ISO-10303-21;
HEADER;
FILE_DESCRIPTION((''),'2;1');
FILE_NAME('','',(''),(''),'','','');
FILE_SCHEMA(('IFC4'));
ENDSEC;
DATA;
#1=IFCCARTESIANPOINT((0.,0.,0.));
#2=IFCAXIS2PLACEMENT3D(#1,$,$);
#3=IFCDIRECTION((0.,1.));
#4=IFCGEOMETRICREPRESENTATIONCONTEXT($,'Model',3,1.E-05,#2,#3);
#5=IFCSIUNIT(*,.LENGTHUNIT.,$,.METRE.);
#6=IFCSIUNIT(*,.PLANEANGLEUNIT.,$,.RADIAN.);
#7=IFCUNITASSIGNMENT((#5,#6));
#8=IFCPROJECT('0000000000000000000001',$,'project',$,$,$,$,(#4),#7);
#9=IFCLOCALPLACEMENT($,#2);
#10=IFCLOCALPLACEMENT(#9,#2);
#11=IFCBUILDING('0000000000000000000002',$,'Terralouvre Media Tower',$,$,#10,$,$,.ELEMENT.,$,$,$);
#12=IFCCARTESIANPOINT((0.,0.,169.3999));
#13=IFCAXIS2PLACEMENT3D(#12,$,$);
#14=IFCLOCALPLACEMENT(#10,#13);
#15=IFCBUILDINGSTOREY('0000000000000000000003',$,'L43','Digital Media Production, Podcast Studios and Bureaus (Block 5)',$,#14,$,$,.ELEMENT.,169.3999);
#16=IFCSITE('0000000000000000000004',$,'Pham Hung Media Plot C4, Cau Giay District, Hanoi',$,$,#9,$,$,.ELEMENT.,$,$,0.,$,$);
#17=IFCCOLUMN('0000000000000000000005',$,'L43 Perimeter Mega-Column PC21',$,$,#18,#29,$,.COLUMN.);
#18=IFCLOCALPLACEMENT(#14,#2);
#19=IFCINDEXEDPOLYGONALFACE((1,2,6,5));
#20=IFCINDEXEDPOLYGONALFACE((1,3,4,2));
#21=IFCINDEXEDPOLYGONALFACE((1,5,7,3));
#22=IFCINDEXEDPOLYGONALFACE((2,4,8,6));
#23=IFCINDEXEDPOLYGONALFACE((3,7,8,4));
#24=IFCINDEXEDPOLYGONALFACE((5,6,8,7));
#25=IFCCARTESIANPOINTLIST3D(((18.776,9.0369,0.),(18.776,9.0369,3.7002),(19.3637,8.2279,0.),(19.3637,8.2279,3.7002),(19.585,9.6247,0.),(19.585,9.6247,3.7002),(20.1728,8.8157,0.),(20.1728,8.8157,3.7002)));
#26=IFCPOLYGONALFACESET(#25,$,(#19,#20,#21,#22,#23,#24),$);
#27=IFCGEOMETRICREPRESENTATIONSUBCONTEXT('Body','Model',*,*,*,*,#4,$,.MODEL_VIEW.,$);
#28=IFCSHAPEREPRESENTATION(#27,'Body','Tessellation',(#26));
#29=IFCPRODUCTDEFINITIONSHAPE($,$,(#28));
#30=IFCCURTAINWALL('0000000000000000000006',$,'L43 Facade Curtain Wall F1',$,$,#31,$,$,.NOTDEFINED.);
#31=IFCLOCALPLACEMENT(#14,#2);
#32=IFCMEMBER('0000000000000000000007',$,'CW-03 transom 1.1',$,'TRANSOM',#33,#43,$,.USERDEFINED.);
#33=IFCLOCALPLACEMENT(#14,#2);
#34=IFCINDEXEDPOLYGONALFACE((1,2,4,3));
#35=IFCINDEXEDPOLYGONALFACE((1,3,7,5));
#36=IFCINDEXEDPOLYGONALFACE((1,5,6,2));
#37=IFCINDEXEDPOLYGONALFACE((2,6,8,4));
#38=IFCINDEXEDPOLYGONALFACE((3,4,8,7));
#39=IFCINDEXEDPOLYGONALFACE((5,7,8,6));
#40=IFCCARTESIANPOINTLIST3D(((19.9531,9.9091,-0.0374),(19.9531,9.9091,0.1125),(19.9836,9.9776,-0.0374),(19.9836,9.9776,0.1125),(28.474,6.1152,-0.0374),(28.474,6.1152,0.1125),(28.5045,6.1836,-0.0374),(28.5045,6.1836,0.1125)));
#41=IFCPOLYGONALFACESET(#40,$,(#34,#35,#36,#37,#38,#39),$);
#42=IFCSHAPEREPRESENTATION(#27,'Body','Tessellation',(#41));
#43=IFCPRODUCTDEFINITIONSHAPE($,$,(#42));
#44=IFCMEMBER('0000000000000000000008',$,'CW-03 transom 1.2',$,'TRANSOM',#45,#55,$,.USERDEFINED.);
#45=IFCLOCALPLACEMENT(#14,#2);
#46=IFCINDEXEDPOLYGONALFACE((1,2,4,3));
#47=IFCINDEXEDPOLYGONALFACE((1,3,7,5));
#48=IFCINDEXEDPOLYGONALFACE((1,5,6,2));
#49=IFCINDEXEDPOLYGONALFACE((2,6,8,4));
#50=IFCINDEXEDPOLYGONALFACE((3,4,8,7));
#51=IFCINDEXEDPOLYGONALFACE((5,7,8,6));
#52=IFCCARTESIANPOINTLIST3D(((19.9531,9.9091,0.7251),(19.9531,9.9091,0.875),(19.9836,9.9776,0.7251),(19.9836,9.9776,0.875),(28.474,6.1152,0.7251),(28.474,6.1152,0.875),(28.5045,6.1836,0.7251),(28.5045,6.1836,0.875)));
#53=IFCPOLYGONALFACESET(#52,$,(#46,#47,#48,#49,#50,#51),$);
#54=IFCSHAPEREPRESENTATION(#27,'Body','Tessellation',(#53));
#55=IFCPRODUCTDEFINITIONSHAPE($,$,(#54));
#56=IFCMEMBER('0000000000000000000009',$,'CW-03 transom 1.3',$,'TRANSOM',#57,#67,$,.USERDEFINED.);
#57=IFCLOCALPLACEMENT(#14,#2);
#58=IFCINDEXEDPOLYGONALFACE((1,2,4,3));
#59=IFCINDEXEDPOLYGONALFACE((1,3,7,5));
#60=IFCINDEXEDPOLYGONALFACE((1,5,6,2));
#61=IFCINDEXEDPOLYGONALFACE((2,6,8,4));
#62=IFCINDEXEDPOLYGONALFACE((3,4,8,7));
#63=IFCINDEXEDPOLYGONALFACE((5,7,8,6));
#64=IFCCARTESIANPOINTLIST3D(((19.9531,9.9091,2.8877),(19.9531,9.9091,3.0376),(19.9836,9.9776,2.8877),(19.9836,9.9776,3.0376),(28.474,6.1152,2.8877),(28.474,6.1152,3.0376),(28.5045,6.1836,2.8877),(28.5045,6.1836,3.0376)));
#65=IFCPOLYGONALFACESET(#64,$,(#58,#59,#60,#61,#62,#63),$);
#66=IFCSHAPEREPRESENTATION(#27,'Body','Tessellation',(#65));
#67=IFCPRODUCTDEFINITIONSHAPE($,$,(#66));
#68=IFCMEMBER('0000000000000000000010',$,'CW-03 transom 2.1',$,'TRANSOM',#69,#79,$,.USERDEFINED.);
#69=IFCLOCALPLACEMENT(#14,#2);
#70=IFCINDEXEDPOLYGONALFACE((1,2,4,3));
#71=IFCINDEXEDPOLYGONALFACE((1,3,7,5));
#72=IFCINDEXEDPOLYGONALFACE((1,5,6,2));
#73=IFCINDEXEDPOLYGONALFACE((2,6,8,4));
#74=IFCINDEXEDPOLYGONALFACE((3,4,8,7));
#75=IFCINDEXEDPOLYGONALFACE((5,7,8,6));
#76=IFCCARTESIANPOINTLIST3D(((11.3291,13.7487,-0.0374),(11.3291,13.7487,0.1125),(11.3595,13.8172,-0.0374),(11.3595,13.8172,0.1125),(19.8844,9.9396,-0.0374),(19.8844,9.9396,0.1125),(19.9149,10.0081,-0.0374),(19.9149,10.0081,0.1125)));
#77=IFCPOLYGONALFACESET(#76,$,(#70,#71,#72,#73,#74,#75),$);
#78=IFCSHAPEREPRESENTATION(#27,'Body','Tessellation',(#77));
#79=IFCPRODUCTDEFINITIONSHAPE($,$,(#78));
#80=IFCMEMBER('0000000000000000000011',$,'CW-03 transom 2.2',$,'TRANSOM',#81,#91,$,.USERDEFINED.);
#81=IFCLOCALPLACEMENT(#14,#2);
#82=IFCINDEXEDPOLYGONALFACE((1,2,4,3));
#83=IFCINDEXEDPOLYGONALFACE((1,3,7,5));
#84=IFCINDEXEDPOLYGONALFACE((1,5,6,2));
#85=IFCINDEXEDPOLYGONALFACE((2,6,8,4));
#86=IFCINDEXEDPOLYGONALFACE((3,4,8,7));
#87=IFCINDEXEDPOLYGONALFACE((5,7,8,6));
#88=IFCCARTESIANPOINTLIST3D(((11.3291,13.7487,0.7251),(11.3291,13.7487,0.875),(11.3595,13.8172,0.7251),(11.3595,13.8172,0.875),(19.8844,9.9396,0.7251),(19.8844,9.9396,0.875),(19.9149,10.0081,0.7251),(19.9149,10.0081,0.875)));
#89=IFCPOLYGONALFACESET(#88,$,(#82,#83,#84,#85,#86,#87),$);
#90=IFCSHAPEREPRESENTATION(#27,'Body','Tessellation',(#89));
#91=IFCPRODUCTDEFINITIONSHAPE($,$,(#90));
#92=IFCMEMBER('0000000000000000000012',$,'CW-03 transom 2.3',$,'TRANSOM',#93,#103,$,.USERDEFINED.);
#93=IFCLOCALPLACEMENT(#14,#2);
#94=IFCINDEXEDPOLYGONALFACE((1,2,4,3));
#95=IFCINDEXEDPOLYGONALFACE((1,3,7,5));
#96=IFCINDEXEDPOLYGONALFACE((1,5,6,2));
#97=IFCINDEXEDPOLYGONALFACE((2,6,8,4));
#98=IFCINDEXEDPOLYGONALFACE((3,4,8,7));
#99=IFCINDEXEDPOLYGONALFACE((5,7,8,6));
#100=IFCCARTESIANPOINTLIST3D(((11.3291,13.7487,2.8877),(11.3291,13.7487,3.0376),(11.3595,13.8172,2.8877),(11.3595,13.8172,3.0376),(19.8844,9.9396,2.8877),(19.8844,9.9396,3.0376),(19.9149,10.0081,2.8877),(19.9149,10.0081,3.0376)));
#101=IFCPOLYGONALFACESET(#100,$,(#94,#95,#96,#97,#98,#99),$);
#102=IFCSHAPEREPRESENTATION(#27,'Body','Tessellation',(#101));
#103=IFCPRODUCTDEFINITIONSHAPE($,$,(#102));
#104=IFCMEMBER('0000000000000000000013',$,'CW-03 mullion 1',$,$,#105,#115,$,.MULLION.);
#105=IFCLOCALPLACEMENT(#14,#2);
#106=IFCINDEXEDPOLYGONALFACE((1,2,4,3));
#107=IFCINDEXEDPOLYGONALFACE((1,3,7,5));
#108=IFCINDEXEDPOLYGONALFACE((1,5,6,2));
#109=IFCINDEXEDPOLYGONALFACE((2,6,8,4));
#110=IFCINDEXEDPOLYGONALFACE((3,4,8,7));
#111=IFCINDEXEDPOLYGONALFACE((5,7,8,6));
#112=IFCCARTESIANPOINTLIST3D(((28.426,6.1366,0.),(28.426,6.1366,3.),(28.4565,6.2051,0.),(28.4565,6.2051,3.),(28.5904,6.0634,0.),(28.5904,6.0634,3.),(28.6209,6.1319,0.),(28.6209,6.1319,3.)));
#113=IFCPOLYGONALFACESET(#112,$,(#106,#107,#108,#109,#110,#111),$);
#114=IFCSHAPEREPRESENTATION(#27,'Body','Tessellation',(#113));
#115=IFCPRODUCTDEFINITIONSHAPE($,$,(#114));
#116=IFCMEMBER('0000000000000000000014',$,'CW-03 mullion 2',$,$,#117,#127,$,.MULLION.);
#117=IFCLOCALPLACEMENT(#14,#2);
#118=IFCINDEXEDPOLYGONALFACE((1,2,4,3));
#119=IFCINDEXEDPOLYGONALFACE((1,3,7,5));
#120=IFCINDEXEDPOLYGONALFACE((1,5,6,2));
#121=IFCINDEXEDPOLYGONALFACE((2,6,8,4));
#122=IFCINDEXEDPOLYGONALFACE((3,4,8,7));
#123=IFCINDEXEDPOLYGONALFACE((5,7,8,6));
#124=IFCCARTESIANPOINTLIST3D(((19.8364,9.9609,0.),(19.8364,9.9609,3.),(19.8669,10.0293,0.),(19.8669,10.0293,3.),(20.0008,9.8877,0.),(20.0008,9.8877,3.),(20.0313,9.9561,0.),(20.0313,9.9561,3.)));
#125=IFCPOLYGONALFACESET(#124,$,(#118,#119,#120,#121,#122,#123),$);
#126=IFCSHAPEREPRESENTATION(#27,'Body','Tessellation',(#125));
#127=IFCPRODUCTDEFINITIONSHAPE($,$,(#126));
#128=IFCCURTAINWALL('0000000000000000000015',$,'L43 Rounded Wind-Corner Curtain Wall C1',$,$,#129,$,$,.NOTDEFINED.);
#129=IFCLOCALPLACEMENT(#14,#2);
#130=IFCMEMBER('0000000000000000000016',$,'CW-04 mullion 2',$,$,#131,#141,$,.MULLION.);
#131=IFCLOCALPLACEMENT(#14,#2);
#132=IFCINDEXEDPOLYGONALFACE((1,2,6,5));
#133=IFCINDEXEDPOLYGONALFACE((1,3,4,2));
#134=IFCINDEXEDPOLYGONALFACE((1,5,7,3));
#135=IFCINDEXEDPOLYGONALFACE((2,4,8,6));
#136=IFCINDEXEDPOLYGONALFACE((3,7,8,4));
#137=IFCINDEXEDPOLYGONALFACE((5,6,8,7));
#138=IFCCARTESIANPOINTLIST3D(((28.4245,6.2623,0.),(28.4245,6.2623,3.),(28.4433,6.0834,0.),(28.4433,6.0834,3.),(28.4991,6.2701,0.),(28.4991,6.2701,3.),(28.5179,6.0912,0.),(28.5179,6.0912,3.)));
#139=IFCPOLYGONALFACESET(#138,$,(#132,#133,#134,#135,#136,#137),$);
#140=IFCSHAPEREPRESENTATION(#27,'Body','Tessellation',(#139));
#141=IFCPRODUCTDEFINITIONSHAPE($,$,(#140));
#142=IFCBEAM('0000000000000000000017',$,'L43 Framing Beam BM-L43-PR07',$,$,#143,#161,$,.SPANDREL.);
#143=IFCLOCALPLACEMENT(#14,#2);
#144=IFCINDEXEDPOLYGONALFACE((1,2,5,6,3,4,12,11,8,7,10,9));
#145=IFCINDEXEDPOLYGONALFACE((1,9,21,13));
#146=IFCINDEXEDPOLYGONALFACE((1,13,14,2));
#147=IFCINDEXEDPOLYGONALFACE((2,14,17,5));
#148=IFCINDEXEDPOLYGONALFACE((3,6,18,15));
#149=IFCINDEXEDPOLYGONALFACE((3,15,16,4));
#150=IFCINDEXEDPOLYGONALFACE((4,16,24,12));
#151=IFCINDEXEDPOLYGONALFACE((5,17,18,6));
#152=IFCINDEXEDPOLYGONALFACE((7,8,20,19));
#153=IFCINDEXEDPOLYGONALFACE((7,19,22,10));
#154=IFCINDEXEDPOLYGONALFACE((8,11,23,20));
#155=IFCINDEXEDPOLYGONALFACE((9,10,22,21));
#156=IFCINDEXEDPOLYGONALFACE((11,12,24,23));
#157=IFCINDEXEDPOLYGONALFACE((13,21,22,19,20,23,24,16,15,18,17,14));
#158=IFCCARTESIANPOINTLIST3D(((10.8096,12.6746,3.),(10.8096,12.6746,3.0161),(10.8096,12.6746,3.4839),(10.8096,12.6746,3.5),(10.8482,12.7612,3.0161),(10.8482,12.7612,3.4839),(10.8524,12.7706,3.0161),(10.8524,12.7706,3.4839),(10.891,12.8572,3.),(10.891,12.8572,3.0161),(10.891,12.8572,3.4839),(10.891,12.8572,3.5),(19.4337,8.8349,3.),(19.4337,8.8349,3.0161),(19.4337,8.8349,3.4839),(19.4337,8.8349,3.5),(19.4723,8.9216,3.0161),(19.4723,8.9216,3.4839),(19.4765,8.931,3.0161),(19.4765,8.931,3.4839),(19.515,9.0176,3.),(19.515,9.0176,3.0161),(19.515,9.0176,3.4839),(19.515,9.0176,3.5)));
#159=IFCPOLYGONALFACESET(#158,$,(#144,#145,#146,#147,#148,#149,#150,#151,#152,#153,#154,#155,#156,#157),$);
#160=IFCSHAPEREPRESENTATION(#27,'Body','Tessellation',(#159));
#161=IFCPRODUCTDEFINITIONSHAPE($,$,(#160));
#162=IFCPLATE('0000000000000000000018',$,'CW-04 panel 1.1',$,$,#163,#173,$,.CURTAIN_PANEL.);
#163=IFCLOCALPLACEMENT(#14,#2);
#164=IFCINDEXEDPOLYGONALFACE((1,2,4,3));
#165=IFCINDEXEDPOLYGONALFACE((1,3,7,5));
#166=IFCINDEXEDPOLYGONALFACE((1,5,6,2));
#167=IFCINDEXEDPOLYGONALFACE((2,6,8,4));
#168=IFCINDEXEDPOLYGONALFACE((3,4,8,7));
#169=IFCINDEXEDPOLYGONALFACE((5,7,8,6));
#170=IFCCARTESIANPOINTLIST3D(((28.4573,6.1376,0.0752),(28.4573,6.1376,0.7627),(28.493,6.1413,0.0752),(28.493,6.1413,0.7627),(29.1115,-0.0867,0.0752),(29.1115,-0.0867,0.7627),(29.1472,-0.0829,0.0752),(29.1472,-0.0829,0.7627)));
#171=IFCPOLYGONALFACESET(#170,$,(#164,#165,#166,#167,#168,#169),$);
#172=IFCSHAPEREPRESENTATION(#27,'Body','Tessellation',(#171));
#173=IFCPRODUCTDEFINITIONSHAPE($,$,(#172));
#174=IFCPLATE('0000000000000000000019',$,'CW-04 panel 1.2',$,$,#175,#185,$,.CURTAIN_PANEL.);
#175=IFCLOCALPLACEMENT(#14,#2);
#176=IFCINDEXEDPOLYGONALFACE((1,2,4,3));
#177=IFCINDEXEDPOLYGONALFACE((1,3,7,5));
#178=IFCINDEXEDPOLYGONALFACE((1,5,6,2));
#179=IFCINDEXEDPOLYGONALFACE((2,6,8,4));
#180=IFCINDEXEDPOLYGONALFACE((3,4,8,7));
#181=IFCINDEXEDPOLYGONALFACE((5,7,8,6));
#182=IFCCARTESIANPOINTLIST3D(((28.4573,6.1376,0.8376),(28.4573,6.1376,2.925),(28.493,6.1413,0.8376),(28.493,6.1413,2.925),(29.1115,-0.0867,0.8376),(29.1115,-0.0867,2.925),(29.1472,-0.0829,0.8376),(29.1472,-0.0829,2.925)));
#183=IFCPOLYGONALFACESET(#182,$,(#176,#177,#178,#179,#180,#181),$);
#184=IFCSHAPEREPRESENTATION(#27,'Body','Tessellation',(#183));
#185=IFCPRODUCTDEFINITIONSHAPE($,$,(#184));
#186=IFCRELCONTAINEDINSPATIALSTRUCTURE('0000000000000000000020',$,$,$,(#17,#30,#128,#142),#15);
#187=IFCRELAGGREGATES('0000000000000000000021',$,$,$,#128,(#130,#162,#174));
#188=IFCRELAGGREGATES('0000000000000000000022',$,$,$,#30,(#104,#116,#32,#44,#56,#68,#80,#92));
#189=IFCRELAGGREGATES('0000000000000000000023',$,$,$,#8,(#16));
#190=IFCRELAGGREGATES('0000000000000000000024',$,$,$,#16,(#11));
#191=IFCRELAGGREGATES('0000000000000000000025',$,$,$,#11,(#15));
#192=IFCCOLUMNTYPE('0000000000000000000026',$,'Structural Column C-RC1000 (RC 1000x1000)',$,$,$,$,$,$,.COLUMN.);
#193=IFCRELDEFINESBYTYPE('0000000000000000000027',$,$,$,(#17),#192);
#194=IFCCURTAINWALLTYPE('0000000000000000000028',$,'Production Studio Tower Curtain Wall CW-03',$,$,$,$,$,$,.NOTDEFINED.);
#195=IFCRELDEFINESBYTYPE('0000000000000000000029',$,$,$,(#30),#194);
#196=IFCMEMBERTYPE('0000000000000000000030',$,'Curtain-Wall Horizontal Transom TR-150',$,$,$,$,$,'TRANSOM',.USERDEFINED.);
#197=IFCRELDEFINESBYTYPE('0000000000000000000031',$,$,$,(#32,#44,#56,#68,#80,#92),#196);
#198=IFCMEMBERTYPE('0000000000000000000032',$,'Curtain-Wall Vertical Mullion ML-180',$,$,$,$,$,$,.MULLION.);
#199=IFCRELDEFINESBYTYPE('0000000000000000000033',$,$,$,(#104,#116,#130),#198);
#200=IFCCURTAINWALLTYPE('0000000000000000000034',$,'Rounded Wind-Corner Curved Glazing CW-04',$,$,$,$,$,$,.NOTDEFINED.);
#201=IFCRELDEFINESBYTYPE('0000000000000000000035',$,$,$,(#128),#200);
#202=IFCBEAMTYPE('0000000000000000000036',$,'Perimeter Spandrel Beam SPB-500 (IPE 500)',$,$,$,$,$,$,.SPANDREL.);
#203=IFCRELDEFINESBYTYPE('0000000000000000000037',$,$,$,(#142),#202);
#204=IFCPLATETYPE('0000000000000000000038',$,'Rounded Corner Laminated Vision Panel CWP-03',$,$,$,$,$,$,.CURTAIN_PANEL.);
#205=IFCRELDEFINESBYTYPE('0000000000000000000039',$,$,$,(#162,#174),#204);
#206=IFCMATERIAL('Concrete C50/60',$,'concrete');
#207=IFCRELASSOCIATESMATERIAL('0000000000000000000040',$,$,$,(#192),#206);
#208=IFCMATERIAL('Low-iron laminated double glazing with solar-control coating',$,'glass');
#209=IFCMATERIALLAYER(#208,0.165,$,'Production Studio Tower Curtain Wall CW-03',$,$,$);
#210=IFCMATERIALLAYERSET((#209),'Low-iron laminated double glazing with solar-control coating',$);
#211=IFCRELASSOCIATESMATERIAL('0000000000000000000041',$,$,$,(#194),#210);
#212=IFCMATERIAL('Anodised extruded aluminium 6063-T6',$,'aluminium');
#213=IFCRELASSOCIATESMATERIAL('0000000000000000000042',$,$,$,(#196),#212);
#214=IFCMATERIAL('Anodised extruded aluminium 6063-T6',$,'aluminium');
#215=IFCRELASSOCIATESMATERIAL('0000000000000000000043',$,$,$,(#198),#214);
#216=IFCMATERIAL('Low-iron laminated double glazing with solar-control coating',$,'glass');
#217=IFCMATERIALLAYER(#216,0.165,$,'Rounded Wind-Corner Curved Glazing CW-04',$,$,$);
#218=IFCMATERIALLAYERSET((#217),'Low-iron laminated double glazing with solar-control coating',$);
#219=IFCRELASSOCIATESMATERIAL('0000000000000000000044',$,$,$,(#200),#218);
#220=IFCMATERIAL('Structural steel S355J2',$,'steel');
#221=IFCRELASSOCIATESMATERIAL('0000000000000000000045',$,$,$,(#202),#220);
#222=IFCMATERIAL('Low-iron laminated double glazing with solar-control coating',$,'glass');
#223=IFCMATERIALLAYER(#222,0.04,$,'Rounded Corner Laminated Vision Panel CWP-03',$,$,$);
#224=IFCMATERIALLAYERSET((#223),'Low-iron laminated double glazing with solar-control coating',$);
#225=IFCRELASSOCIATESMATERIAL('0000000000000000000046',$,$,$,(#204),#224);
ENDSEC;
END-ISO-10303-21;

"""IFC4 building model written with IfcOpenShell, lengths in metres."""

from ifc_helpers import new_model, si_unit, direction, frame, origin, origin_2d, place, context, subcontext, project, spatial, rectangle, i_section, extrude, material, layer, layer_set, material_profile, profile_set, type_object, element, aggregate, save


model = new_model("IFC4")

# Units and contexts
model_context = context("Model", 3, precision=1e-05, world=origin(), true_north=direction((0.0, 1.0)))
body_context = subcontext(model_context, "Body", "Model", "MODEL_VIEW")
ifc_project = project(units=[si_unit("LENGTHUNIT", "METRE"), si_unit("PLANEANGLEUNIT", "RADIAN")], contexts=[model_context])

# Site, building, storey
site_placement = place(None, origin())
site = spatial("IfcSite", under=ifc_project, at=site_placement, Name="Pham Hung Media Plot C4, Cau Giay District, Hanoi", CompositionType="ELEMENT", RefElevation=0.0)
building_placement = place(site_placement, origin())
building = spatial("IfcBuilding", under=site, at=building_placement, Name="Terralouvre Media Tower", CompositionType="ELEMENT")
storey_placement = place(building_placement, frame((0.0, 0.0, 169.3999)))
storey = spatial("IfcBuildingStorey", under=building, at=storey_placement, Name="L43", Description="Digital Media Production, Podcast Studios and Bureaus (Block 5)", CompositionType="ELEMENT", Elevation=169.3999)

# Column
ifc_material_1 = material(Name="Concrete C50/60", Category="concrete")
ifc_material_profile_1 = material_profile(ifc_material_1, rectangle(XDim=1.0, YDim=1.0, at=origin_2d()), Name="RC 1000x1000")
ifc_profile_set_1 = profile_set([ifc_material_profile_1], Name="Concrete C50/60")
column_type = type_object("IfcColumnType", Name="Structural Column C-RC1000 (RC 1000x1000)", PredefinedType="COLUMN", material=ifc_profile_set_1)
column_placement = place(storey_placement, frame((19.4744, 8.9263, 0.0), z_axis=(0.0, 0.0, 1.0), x_axis=(0.809017, 0.587785, 0.0)))
element("IfcColumn", 1, at=column_placement, inside=storey, type_object=column_type, Name="L43 Perimeter Mega-Column PC21", PredefinedType="COLUMN", context=body_context, shape_type="SweptSolid", body=[
    extrude(rectangle(XDim=1.0, YDim=1.0, at=origin_2d()), origin(), (0.0, 0.0, 1.0), 3.7002),
])

# Curtain wall, members
ifc_material_2 = material(Name="Low-iron laminated double glazing with solar-control coating", Category="glass")
ifc_layer_1 = layer(ifc_material_2, 0.165, Name="Production Studio Tower Curtain Wall CW-03")
ifc_layer_set_1 = layer_set([ifc_layer_1], Name="Low-iron laminated double glazing with solar-control coating")
curtain_wall_type_1 = type_object("IfcCurtainWallType", Name="Production Studio Tower Curtain Wall CW-03", PredefinedType="NOTDEFINED", material=ifc_layer_set_1)
curtain_wall_1_placement = place(storey_placement, origin())
curtain_wall_1 = element("IfcCurtainWall", 2, at=curtain_wall_1_placement, inside=storey, type_object=curtain_wall_type_1, Name="L43 Facade Curtain Wall F1", PredefinedType="NOTDEFINED")
ifc_material_3 = material(Name="Anodised extruded aluminium 6063-T6", Category="aluminium")
ifc_material_profile_2 = material_profile(ifc_material_3, rectangle(XDim=0.075, YDim=0.1499, at=origin_2d()), Name="ALU 75x150")
ifc_profile_set_2 = profile_set([ifc_material_profile_2], Name="Anodised extruded aluminium 6063-T6")
member_type_1 = type_object("IfcMemberType", Name="Curtain-Wall Horizontal Transom TR-150", ElementType="TRANSOM", PredefinedType="USERDEFINED", material=ifc_profile_set_2)
member_1_placement = place(storey_placement, frame((28.4893, 6.1494, 0.0376), z_axis=(-0.913539, 0.40675, 0.0), x_axis=(-0.40675, -0.913539, 0.0)))
member_1 = element("IfcMember", 3, at=member_1_placement, type_object=member_type_1, Name="CW-03 transom 1.1", ObjectType="TRANSOM", PredefinedType="USERDEFINED", context=body_context, shape_type="SweptSolid", body=[
    extrude(rectangle(XDim=0.075, YDim=0.1499, at=origin_2d()), origin(), (0.0, 0.0, 1.0), 9.3274),
])
member_2_placement = place(storey_placement, frame((28.4893, 6.1494, 0.8), z_axis=(-0.913539, 0.40675, 0.0), x_axis=(-0.40675, -0.913539, 0.0)))
member_2 = element("IfcMember", 4, at=member_2_placement, type_object=member_type_1, Name="CW-03 transom 1.2", ObjectType="TRANSOM", PredefinedType="USERDEFINED", context=body_context, shape_type="SweptSolid", body=[
    extrude(rectangle(XDim=0.075, YDim=0.1499, at=origin_2d()), origin(), (0.0, 0.0, 1.0), 9.3274),
])
member_3_placement = place(storey_placement, frame((28.4893, 6.1494, 2.9626), z_axis=(-0.913539, 0.40675, 0.0), x_axis=(-0.40675, -0.913539, 0.0)))
member_3 = element("IfcMember", 5, at=member_3_placement, type_object=member_type_1, Name="CW-03 transom 1.3", ObjectType="TRANSOM", PredefinedType="USERDEFINED", context=body_context, shape_type="SweptSolid", body=[
    extrude(rectangle(XDim=0.075, YDim=0.1499, at=origin_2d()), origin(), (0.0, 0.0, 1.0), 9.3274),
])
member_4_placement = place(storey_placement, frame((19.8997, 9.9739, 0.0376), z_axis=(-0.913547, 0.406733, 0.0), x_axis=(-0.406733, -0.913547, 0.0)))
member_4 = element("IfcMember", 6, at=member_4_placement, type_object=member_type_1, Name="CW-03 transom 2.1", ObjectType="TRANSOM", PredefinedType="USERDEFINED", context=body_context, shape_type="SweptSolid", body=[
    extrude(rectangle(XDim=0.075, YDim=0.1499, at=origin_2d()), origin(), (0.0, 0.0, 1.0), 9.365),
])
member_5_placement = place(storey_placement, frame((19.8997, 9.9739, 0.8), z_axis=(-0.913547, 0.406733, 0.0), x_axis=(-0.406733, -0.913547, 0.0)))
member_5 = element("IfcMember", 7, at=member_5_placement, type_object=member_type_1, Name="CW-03 transom 2.2", ObjectType="TRANSOM", PredefinedType="USERDEFINED", context=body_context, shape_type="SweptSolid", body=[
    extrude(rectangle(XDim=0.075, YDim=0.1499, at=origin_2d()), origin(), (0.0, 0.0, 1.0), 9.365),
])
member_6_placement = place(storey_placement, frame((19.8997, 9.9739, 2.9626), z_axis=(-0.913547, 0.406733, 0.0), x_axis=(-0.406733, -0.913547, 0.0)))
member_6 = element("IfcMember", 8, at=member_6_placement, type_object=member_type_1, Name="CW-03 transom 2.3", ObjectType="TRANSOM", PredefinedType="USERDEFINED", context=body_context, shape_type="SweptSolid", body=[
    extrude(rectangle(XDim=0.075, YDim=0.1499, at=origin_2d()), origin(), (0.0, 0.0, 1.0), 9.365),
])
ifc_material_4 = material(Name="Anodised extruded aluminium 6063-T6", Category="aluminium")
ifc_material_profile_3 = material_profile(ifc_material_4, rectangle(XDim=0.075, YDim=0.1799, at=origin_2d()), Name="ALU 75x180")
ifc_profile_set_3 = profile_set([ifc_material_profile_3], Name="Anodised extruded aluminium 6063-T6")
member_type_2 = type_object("IfcMemberType", Name="Curtain-Wall Vertical Mullion ML-180", PredefinedType="MULLION", material=ifc_profile_set_3)
member_7_placement = place(storey_placement, frame((28.5234, 6.1343, 0.0), z_axis=(0.0, 0.0, 1.0), x_axis=(-0.406737, -0.913545, 0.0)))
member_7 = element("IfcMember", 9, at=member_7_placement, type_object=member_type_2, Name="CW-03 mullion 1", PredefinedType="MULLION", context=body_context, shape_type="SweptSolid", body=[
    extrude(rectangle(XDim=0.075, YDim=0.1799, at=origin_2d()), origin(), (0.0, 0.0, 1.0), 3.0),
])
member_8_placement = place(storey_placement, frame((19.9338, 9.9585, 0.0), z_axis=(0.0, 0.0, 1.0), x_axis=(-0.406737, -0.913545, 0.0)))
member_8 = element("IfcMember", 10, at=member_8_placement, type_object=member_type_2, Name="CW-03 mullion 2", PredefinedType="MULLION", context=body_context, shape_type="SweptSolid", body=[
    extrude(rectangle(XDim=0.075, YDim=0.1799, at=origin_2d()), origin(), (0.0, 0.0, 1.0), 3.0),
])

# Curtain wall, member
ifc_material_5 = material(Name="Low-iron laminated double glazing with solar-control coating", Category="glass")
ifc_layer_2 = layer(ifc_material_5, 0.165, Name="Rounded Wind-Corner Curved Glazing CW-04")
ifc_layer_set_2 = layer_set([ifc_layer_2], Name="Low-iron laminated double glazing with solar-control coating")
curtain_wall_type_2 = type_object("IfcCurtainWallType", Name="Rounded Wind-Corner Curved Glazing CW-04", PredefinedType="NOTDEFINED", material=ifc_layer_set_2)
curtain_wall_2_placement = place(storey_placement, origin())
curtain_wall_2 = element("IfcCurtainWall", 11, at=curtain_wall_2_placement, inside=storey, type_object=curtain_wall_type_2, Name="L43 Rounded Wind-Corner Curtain Wall C1", PredefinedType="NOTDEFINED")
member_9_placement = place(storey_placement, frame((28.4712, 6.1768, 0.0), z_axis=(0.0, 0.0, 1.0), x_axis=(-0.994522, -0.104529, 0.0)))
member_9 = element("IfcMember", 12, at=member_9_placement, type_object=member_type_2, Name="CW-04 mullion 2", PredefinedType="MULLION", context=body_context, shape_type="SweptSolid", body=[
    extrude(rectangle(XDim=0.075, YDim=0.1799, at=origin_2d()), origin(), (0.0, 0.0, 1.0), 3.0),
])

# Beam
ifc_material_6 = material(Name="Structural steel S355J2", Category="steel")
ifc_material_profile_4 = material_profile(ifc_material_6, i_section(OverallWidth=0.2, OverallDepth=0.5, WebThickness=0.0103, FlangeThickness=0.0161, at=origin_2d()), Name="IPE 500")
ifc_profile_set_4 = profile_set([ifc_material_profile_4], Name="Structural steel S355J2")
beam_type = type_object("IfcBeamType", Name="Perimeter Spandrel Beam SPB-500 (IPE 500)", PredefinedType="SPANDREL", material=ifc_profile_set_4)
beam_placement = place(storey_placement, frame((19.4744, 8.9263, 3.25), z_axis=(-0.913548, 0.406731, 0.0), x_axis=(-0.406731, -0.913548, 0.0)))
element("IfcBeam", 13, at=beam_placement, inside=storey, type_object=beam_type, Name="L43 Framing Beam BM-L43-PR07", PredefinedType="SPANDREL", context=body_context, shape_type="SweptSolid", body=[
    extrude(i_section(OverallWidth=0.2, OverallDepth=0.5, WebThickness=0.0103, FlangeThickness=0.0161, at=origin_2d()), origin(), (0.0, 0.0, 1.0), 9.4402),
])

# Plates
ifc_material_7 = material(Name="Low-iron laminated double glazing with solar-control coating", Category="glass")
ifc_layer_3 = layer(ifc_material_7, 0.04, Name="Rounded Corner Laminated Vision Panel CWP-03")
ifc_layer_set_3 = layer_set([ifc_layer_3], Name="Low-iron laminated double glazing with solar-control coating")
plate_type_1 = type_object("IfcPlateType", Name="Rounded Corner Laminated Vision Panel CWP-03", PredefinedType="CURTAIN_PANEL", material=ifc_layer_set_3)
plate_1_placement = place(storey_placement, frame((28.8022, 3.0273, 0.0752), z_axis=(0.0, 0.0, 1.0), x_axis=(-0.104529, 0.994522, 0.0)))
plate_1 = element("IfcPlate", 14, at=plate_1_placement, type_object=plate_type_1, Name="CW-04 panel 1.1", PredefinedType="CURTAIN_PANEL", context=body_context, shape_type="SweptSolid", body=[
    extrude(rectangle(XDim=6.2585, YDim=0.0359, at=origin_2d()), origin(), (0.0, 0.0, 1.0), 0.6875),
])
plate_2_placement = place(storey_placement, frame((28.8022, 3.0273, 0.8376), z_axis=(0.0, 0.0, 1.0), x_axis=(-0.104529, 0.994522, 0.0)))
plate_2 = element("IfcPlate", 15, at=plate_2_placement, type_object=plate_type_1, Name="CW-04 panel 1.2", PredefinedType="CURTAIN_PANEL", context=body_context, shape_type="SweptSolid", body=[
    extrude(rectangle(XDim=6.2585, YDim=0.0359, at=origin_2d()), origin(), (0.0, 0.0, 1.0), 2.0874),
])
aggregate(curtain_wall_2, [member_9, plate_1, plate_2])
aggregate(curtain_wall_1, [member_7, member_8, member_1, member_2, member_3, member_4, member_5, member_6])

save(model, "model.ifc")
